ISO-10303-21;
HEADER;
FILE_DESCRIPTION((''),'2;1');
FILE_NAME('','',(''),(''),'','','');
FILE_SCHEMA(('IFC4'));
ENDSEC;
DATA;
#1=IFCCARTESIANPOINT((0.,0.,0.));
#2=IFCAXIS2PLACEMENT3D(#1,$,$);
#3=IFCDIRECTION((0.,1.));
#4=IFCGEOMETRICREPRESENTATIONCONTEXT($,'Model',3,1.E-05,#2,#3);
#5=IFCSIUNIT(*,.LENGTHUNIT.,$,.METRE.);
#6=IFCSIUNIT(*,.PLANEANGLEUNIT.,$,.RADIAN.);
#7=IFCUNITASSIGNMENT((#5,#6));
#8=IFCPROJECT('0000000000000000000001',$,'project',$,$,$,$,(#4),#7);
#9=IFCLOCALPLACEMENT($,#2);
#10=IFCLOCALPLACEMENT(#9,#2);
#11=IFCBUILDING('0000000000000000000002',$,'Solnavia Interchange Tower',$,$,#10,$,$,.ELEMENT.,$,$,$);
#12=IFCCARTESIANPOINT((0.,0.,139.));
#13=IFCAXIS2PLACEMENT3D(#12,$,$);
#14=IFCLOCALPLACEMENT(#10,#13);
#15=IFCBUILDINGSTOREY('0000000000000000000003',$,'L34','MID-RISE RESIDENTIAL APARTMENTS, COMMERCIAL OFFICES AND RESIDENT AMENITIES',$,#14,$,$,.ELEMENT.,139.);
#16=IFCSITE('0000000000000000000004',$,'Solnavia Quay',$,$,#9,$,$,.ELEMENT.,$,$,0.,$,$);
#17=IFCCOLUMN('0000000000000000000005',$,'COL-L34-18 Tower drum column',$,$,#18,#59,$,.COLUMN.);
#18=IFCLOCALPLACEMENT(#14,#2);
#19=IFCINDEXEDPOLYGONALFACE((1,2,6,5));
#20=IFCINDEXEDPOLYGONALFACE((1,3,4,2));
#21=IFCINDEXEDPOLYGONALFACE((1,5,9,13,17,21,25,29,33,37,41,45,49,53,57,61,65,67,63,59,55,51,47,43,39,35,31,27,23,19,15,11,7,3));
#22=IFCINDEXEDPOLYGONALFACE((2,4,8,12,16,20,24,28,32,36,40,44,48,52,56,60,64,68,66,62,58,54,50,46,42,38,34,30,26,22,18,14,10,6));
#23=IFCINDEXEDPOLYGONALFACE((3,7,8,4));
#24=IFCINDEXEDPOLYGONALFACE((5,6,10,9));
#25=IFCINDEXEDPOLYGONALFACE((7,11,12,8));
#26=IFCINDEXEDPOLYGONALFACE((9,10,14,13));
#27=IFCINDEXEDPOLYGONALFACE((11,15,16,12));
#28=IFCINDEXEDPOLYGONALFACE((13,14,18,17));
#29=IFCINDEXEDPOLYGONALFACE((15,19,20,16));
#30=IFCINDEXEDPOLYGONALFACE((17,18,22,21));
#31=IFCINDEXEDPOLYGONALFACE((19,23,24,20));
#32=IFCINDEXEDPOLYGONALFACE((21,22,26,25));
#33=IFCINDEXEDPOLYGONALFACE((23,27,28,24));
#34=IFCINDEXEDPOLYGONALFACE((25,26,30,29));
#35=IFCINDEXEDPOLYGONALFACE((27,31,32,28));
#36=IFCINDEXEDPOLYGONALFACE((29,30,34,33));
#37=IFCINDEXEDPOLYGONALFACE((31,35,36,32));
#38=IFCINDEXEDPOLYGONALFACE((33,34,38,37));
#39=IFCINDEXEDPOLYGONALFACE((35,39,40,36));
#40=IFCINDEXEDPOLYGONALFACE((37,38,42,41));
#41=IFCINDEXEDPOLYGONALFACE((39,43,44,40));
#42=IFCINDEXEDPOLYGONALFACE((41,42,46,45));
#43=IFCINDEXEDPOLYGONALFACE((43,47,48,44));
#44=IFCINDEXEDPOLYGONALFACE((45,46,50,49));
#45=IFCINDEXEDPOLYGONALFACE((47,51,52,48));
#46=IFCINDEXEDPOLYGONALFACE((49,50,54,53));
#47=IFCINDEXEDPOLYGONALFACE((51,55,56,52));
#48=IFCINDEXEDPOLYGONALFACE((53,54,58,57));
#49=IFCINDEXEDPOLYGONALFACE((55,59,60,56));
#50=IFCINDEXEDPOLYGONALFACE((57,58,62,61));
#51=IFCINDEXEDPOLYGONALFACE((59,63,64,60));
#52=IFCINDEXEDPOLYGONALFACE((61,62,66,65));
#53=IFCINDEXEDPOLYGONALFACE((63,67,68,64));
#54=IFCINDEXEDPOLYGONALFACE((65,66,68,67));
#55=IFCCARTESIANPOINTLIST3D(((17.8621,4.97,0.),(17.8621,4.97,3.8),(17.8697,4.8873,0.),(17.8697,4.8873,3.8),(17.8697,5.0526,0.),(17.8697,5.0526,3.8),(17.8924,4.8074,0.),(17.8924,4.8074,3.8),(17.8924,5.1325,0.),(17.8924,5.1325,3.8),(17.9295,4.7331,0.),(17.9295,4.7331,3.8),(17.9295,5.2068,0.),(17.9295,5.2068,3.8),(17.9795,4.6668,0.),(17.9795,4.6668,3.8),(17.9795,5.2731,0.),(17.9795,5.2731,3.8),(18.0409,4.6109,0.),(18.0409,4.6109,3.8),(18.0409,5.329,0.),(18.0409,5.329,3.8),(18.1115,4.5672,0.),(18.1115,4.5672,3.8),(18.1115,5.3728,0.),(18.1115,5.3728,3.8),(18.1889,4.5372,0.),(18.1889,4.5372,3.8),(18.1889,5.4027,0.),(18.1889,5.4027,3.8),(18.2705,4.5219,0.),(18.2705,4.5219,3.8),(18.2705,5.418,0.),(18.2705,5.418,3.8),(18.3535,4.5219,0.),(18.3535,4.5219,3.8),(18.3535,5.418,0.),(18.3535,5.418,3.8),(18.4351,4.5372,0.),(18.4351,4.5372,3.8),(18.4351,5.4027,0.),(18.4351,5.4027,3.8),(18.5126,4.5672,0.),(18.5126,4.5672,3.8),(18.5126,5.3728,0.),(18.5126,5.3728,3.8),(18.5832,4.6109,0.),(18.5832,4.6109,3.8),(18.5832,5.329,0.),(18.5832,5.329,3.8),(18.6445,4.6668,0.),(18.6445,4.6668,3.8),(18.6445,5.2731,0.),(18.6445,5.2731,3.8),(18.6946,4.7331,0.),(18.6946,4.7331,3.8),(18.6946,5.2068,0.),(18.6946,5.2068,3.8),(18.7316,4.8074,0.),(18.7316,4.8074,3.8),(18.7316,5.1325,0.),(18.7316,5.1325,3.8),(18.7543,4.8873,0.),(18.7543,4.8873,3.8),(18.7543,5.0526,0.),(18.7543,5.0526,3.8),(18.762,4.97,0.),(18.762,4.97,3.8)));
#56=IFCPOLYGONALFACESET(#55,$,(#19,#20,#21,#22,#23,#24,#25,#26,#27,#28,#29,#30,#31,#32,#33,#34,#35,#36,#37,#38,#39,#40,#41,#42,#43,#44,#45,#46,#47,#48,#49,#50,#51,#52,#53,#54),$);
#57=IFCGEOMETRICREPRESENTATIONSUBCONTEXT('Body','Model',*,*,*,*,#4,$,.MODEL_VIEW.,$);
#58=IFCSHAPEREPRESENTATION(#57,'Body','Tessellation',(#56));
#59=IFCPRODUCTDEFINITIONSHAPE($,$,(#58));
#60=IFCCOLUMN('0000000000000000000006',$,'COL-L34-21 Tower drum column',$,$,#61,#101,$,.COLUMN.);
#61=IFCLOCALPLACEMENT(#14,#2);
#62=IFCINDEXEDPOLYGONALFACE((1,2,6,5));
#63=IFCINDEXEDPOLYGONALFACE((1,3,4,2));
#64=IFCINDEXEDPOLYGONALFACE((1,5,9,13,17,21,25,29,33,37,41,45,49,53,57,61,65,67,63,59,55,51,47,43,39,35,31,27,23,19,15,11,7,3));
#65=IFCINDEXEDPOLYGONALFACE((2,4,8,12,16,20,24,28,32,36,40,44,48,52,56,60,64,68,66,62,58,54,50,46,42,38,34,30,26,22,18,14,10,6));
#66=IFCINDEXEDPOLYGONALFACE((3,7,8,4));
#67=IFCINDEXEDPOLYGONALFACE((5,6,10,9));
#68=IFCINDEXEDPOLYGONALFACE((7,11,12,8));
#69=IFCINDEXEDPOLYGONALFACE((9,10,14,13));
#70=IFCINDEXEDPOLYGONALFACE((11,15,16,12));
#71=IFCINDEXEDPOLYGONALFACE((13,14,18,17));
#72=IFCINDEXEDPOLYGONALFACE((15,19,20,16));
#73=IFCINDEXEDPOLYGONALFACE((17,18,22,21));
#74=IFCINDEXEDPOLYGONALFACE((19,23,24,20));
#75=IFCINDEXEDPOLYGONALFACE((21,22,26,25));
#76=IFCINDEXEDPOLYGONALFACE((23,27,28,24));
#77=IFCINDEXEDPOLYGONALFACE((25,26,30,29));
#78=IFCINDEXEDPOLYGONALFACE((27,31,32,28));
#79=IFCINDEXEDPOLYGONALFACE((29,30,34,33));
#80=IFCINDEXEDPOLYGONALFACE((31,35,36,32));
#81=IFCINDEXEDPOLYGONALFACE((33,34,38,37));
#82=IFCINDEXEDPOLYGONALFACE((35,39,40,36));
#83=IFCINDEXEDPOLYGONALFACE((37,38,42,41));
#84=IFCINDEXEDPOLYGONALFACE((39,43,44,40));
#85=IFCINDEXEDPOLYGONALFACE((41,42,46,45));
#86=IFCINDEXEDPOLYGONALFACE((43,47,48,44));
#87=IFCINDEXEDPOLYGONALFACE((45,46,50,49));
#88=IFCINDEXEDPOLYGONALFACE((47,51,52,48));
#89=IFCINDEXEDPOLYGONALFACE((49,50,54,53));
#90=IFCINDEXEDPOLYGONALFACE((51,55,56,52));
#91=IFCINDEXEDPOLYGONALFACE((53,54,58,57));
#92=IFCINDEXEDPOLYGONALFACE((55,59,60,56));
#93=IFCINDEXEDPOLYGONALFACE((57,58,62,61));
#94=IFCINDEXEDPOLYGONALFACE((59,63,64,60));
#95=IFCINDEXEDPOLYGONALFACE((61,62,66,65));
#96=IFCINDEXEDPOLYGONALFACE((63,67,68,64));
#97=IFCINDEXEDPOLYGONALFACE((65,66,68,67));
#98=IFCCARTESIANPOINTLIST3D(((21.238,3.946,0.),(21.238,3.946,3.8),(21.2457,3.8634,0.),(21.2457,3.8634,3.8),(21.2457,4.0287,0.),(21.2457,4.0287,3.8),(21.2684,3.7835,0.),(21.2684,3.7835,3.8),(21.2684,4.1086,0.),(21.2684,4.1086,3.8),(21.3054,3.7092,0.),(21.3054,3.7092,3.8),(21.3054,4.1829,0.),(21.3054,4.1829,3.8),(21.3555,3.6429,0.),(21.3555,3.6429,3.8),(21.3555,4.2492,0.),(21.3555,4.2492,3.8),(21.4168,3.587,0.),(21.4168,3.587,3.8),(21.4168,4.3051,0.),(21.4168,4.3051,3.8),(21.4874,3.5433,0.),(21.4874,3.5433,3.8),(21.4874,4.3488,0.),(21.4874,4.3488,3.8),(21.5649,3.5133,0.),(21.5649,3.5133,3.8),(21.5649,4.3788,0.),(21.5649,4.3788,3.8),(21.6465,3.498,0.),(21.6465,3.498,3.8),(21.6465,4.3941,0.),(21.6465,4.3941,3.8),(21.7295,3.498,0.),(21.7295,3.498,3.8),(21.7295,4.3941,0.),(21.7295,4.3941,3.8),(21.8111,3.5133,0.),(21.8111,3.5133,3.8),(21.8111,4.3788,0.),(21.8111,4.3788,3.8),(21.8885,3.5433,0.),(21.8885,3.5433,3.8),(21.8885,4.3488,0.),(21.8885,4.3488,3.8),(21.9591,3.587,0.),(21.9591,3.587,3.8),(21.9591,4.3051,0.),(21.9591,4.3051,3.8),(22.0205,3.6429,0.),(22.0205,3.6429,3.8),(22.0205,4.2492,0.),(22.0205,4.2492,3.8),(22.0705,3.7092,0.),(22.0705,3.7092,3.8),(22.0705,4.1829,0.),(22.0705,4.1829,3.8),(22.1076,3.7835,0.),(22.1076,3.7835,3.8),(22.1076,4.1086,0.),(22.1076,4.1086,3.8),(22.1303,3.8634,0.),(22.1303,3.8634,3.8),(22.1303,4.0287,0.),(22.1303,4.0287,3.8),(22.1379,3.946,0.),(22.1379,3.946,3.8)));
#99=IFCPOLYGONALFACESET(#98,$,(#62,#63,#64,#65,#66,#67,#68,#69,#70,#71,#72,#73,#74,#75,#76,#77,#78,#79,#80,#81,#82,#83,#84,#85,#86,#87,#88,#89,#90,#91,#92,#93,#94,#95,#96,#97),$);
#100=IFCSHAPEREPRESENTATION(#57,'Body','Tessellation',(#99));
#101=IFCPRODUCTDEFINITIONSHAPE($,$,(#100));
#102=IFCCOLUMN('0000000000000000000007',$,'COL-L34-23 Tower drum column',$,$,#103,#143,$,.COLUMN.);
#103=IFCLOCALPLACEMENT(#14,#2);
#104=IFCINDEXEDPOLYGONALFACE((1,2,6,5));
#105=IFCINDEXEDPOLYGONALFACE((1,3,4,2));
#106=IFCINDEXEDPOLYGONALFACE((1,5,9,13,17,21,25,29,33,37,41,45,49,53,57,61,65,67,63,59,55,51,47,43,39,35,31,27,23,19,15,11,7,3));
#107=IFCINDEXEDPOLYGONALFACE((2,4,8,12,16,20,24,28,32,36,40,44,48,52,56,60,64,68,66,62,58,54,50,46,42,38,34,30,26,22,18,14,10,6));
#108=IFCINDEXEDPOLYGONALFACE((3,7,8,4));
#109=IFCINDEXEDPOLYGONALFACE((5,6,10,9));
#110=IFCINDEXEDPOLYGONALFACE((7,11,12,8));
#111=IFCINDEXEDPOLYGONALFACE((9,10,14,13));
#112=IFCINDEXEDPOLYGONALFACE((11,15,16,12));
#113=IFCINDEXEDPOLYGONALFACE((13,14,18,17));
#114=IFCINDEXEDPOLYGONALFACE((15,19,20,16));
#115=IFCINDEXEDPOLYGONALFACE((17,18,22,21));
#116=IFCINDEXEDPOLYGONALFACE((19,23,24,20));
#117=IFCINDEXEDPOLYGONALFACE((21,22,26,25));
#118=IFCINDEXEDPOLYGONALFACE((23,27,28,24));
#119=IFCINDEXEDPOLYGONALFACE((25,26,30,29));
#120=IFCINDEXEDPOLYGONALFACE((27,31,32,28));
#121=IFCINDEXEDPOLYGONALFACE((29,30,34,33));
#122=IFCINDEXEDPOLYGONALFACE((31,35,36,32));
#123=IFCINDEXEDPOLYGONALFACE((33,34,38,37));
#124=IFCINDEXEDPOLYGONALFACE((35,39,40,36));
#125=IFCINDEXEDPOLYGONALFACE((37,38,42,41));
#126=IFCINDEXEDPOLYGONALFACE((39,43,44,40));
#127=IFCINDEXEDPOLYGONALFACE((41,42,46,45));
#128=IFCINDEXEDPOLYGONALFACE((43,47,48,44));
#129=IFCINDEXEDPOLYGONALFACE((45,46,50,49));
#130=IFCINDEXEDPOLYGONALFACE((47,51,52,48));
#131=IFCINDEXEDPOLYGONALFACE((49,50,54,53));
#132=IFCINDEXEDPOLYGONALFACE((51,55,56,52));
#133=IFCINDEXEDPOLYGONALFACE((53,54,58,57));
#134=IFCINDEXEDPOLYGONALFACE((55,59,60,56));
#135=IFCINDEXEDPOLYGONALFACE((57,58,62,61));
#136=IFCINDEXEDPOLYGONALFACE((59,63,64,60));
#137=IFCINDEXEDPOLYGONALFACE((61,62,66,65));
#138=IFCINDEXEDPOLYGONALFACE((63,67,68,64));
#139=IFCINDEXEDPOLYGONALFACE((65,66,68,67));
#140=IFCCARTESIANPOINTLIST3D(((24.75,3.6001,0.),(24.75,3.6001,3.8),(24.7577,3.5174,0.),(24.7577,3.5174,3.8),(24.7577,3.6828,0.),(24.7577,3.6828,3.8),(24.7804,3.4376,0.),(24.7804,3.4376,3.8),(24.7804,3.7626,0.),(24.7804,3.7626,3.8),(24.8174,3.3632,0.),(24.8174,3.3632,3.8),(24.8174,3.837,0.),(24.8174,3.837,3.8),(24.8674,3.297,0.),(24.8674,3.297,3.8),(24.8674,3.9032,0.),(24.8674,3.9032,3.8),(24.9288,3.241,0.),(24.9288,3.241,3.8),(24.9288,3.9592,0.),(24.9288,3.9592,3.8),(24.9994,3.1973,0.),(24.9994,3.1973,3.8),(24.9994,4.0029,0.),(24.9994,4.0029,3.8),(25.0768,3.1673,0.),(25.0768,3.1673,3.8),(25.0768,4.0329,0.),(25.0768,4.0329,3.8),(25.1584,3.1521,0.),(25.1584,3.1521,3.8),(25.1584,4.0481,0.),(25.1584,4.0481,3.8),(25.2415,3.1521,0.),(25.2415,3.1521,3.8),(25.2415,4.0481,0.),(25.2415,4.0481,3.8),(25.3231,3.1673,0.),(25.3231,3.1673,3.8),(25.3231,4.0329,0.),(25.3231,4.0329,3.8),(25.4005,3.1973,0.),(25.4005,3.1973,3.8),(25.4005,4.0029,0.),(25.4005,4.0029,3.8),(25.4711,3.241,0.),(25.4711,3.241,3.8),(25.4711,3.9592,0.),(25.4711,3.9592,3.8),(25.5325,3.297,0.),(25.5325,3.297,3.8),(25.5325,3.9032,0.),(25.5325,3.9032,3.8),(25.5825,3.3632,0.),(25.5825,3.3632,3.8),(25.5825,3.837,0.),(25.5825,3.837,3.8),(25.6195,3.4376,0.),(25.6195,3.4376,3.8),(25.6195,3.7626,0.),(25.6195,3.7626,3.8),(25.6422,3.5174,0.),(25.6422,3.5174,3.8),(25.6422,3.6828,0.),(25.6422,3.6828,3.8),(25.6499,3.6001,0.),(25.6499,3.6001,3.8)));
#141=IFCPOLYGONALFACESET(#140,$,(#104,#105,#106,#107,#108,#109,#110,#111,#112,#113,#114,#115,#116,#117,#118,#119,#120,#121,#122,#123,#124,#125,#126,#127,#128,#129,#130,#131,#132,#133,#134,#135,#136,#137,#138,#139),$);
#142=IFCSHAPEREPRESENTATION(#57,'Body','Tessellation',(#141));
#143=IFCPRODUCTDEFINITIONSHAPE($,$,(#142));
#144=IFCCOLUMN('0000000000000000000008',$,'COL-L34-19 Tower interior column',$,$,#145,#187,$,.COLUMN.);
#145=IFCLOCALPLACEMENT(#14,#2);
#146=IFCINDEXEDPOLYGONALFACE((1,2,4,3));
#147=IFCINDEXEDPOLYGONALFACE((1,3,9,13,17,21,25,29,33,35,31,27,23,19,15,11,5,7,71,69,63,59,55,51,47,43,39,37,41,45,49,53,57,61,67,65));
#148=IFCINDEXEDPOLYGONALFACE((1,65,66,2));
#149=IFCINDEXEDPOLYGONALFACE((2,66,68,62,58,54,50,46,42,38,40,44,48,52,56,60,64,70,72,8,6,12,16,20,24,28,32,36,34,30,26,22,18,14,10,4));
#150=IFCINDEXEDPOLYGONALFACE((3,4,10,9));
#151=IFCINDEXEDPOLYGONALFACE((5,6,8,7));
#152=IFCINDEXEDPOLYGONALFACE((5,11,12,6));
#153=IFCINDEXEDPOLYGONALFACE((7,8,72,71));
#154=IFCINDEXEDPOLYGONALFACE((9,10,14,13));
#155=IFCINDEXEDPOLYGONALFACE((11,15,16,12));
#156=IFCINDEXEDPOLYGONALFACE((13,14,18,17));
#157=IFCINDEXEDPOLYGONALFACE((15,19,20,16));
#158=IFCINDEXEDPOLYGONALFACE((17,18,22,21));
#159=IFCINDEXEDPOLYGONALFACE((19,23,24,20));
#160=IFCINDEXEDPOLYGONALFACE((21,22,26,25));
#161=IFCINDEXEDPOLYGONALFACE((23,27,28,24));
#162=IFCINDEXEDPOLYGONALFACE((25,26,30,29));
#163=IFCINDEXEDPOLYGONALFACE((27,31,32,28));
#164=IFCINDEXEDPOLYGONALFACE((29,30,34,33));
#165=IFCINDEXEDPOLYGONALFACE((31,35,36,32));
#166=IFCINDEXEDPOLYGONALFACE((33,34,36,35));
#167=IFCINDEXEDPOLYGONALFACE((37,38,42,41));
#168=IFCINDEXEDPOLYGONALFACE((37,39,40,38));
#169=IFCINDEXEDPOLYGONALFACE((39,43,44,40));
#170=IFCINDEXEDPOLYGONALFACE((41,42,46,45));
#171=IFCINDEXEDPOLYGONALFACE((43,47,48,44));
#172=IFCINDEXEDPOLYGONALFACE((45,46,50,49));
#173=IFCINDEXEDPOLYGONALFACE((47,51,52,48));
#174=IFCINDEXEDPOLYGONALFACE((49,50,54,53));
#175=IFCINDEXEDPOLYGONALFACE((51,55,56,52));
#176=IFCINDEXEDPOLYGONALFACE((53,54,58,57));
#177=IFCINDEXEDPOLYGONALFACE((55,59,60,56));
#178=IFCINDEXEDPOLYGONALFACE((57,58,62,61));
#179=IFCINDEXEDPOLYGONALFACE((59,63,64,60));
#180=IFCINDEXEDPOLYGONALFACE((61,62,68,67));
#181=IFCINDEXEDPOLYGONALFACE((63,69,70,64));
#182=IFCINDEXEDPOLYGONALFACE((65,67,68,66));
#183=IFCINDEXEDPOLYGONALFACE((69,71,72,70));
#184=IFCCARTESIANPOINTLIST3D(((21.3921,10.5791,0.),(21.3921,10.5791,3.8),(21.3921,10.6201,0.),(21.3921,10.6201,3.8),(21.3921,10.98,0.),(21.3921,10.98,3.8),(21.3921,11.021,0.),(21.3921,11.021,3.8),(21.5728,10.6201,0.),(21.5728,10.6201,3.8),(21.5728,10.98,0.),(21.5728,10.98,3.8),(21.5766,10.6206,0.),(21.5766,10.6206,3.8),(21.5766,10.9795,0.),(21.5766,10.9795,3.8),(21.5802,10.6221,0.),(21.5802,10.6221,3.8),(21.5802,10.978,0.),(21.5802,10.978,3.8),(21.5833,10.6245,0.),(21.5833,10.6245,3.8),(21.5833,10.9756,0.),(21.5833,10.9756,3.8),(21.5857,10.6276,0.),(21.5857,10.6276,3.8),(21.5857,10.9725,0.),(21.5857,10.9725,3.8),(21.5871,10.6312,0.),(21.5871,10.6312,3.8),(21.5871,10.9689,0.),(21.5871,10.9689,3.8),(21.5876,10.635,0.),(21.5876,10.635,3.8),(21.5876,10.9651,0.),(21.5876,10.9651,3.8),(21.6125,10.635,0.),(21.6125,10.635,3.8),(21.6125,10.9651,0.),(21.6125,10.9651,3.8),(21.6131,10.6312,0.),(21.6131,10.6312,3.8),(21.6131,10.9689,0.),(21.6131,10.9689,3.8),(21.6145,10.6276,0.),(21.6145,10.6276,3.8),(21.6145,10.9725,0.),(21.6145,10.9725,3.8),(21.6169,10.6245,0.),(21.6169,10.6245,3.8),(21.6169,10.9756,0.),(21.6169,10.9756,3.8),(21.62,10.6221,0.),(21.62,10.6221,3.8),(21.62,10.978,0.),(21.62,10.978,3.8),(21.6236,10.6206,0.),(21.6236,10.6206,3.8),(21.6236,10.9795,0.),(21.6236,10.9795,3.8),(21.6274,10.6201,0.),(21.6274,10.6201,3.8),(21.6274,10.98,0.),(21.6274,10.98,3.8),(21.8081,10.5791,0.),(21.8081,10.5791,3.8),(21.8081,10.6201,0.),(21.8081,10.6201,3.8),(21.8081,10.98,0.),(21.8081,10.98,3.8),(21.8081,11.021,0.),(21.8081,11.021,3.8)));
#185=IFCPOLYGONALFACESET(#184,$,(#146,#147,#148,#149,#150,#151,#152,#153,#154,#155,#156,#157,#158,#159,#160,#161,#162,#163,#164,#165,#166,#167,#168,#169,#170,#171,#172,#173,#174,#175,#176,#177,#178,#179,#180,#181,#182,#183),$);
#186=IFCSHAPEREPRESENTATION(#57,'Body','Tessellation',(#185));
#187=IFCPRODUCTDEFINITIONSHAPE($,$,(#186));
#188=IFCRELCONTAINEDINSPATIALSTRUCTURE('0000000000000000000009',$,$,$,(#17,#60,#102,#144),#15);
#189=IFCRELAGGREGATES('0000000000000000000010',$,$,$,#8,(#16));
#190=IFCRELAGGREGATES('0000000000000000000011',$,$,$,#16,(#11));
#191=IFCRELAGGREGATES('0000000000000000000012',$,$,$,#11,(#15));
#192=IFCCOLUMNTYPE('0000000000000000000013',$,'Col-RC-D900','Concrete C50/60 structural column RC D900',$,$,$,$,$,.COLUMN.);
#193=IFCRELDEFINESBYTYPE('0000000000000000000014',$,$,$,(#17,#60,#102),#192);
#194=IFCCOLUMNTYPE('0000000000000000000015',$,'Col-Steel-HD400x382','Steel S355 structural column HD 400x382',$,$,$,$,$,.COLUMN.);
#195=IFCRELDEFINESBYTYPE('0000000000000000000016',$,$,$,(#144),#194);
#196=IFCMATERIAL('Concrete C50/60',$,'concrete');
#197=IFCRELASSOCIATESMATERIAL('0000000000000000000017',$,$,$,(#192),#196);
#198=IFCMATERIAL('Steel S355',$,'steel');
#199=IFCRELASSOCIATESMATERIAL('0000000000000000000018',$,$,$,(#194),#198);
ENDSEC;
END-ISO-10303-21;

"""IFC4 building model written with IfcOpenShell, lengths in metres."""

from ifc_helpers import new_model, si_unit, direction, frame, origin, origin_2d, place, context, subcontext, project, spatial, circle, i_section, extrude, material, material_profile, profile_set, type_object, element, save


model = new_model("IFC4")

# Units and contexts
model_context = context("Model", 3, precision=1e-05, world=origin(), true_north=direction((0.0, 1.0)))
body_context = subcontext(model_context, "Body", "Model", "MODEL_VIEW")
ifc_project = project(units=[si_unit("LENGTHUNIT", "METRE"), si_unit("PLANEANGLEUNIT", "RADIAN")], contexts=[model_context])

# Site, building, storey
site_placement = place(None, origin())
site = spatial("IfcSite", under=ifc_project, at=site_placement, Name="Solnavia Quay", CompositionType="ELEMENT", RefElevation=0.0)
building_placement = place(site_placement, origin())
building = spatial("IfcBuilding", under=site, at=building_placement, Name="Solnavia Interchange Tower", CompositionType="ELEMENT")
storey_placement = place(building_placement, frame((0.0, 0.0, 139.0)))
storey = spatial("IfcBuildingStorey", under=building, at=storey_placement, Name="L34", Description="MID-RISE RESIDENTIAL APARTMENTS, COMMERCIAL OFFICES AND RESIDENT AMENITIES", CompositionType="ELEMENT", Elevation=139.0)

# Columns
ifc_material_1 = material(Name="Concrete C50/60", Category="concrete")
ifc_material_profile_1 = material_profile(ifc_material_1, circle(Radius=0.45, at=origin_2d()), Name="RC D900")
ifc_profile_set_1 = profile_set([ifc_material_profile_1], Name="Concrete C50/60")
column_type_1 = type_object("IfcColumnType", Name="Col-RC-D900", Description="Concrete C50/60 structural column RC D900", PredefinedType="COLUMN", material=ifc_profile_set_1)
for number, where, z_axis, x_axis, name in (
    (1, (18.312, 4.97, 0.0), (0.0, 0.0, 1.0), (1.0, 0.0, 0.0), "COL-L34-18 Tower drum column"),
    (2, (21.688, 3.946, 0.0), (0.0, 0.0, 1.0), (1.0, 0.0, 0.0), "COL-L34-21 Tower drum column"),
    (3, (25.2, 3.6001, 0.0), (0.0, 0.0, 1.0), (1.0, 0.0, 0.0), "COL-L34-23 Tower drum column"),
):
    element("IfcColumn", number, at=place(storey_placement, frame(where, z_axis=z_axis, x_axis=x_axis)), inside=storey, type_object=column_type_1, Name=name, PredefinedType="COLUMN", context=body_context, shape_type="SweptSolid", body=[
        extrude(circle(Radius=0.45, at=origin_2d()), origin(), (0.0, 0.0, 1.0), 3.8),
    ])
ifc_material_2 = material(Name="Steel S355", Category="steel")
ifc_material_profile_2 = material_profile(ifc_material_2, i_section(OverallWidth=0.416, OverallDepth=0.4419, WebThickness=0.0249, FlangeThickness=0.041, FilletRadius=0.0149, at=origin_2d()), Name="HD 400x382")
ifc_profile_set_2 = profile_set([ifc_material_profile_2], Name="Steel S355")
column_type_2 = type_object("IfcColumnType", Name="Col-Steel-HD400x382", Description="Steel S355 structural column HD 400x382", PredefinedType="COLUMN", material=ifc_profile_set_2)
column_placement = place(storey_placement, frame((21.6001, 10.8, 0.0), z_axis=(0.0, 0.0, 1.0), x_axis=(1.0, 0.0, 0.0)))
element("IfcColumn", 4, at=column_placement, inside=storey, type_object=column_type_2, Name="COL-L34-19 Tower interior column", PredefinedType="COLUMN", context=body_context, shape_type="SweptSolid", body=[
    extrude(i_section(OverallWidth=0.416, OverallDepth=0.4419, WebThickness=0.0249, FlangeThickness=0.041, FilletRadius=0.0149, at=origin_2d()), origin(), (0.0, 0.0, 1.0), 3.8),
])

save(model, "model.ifc")
